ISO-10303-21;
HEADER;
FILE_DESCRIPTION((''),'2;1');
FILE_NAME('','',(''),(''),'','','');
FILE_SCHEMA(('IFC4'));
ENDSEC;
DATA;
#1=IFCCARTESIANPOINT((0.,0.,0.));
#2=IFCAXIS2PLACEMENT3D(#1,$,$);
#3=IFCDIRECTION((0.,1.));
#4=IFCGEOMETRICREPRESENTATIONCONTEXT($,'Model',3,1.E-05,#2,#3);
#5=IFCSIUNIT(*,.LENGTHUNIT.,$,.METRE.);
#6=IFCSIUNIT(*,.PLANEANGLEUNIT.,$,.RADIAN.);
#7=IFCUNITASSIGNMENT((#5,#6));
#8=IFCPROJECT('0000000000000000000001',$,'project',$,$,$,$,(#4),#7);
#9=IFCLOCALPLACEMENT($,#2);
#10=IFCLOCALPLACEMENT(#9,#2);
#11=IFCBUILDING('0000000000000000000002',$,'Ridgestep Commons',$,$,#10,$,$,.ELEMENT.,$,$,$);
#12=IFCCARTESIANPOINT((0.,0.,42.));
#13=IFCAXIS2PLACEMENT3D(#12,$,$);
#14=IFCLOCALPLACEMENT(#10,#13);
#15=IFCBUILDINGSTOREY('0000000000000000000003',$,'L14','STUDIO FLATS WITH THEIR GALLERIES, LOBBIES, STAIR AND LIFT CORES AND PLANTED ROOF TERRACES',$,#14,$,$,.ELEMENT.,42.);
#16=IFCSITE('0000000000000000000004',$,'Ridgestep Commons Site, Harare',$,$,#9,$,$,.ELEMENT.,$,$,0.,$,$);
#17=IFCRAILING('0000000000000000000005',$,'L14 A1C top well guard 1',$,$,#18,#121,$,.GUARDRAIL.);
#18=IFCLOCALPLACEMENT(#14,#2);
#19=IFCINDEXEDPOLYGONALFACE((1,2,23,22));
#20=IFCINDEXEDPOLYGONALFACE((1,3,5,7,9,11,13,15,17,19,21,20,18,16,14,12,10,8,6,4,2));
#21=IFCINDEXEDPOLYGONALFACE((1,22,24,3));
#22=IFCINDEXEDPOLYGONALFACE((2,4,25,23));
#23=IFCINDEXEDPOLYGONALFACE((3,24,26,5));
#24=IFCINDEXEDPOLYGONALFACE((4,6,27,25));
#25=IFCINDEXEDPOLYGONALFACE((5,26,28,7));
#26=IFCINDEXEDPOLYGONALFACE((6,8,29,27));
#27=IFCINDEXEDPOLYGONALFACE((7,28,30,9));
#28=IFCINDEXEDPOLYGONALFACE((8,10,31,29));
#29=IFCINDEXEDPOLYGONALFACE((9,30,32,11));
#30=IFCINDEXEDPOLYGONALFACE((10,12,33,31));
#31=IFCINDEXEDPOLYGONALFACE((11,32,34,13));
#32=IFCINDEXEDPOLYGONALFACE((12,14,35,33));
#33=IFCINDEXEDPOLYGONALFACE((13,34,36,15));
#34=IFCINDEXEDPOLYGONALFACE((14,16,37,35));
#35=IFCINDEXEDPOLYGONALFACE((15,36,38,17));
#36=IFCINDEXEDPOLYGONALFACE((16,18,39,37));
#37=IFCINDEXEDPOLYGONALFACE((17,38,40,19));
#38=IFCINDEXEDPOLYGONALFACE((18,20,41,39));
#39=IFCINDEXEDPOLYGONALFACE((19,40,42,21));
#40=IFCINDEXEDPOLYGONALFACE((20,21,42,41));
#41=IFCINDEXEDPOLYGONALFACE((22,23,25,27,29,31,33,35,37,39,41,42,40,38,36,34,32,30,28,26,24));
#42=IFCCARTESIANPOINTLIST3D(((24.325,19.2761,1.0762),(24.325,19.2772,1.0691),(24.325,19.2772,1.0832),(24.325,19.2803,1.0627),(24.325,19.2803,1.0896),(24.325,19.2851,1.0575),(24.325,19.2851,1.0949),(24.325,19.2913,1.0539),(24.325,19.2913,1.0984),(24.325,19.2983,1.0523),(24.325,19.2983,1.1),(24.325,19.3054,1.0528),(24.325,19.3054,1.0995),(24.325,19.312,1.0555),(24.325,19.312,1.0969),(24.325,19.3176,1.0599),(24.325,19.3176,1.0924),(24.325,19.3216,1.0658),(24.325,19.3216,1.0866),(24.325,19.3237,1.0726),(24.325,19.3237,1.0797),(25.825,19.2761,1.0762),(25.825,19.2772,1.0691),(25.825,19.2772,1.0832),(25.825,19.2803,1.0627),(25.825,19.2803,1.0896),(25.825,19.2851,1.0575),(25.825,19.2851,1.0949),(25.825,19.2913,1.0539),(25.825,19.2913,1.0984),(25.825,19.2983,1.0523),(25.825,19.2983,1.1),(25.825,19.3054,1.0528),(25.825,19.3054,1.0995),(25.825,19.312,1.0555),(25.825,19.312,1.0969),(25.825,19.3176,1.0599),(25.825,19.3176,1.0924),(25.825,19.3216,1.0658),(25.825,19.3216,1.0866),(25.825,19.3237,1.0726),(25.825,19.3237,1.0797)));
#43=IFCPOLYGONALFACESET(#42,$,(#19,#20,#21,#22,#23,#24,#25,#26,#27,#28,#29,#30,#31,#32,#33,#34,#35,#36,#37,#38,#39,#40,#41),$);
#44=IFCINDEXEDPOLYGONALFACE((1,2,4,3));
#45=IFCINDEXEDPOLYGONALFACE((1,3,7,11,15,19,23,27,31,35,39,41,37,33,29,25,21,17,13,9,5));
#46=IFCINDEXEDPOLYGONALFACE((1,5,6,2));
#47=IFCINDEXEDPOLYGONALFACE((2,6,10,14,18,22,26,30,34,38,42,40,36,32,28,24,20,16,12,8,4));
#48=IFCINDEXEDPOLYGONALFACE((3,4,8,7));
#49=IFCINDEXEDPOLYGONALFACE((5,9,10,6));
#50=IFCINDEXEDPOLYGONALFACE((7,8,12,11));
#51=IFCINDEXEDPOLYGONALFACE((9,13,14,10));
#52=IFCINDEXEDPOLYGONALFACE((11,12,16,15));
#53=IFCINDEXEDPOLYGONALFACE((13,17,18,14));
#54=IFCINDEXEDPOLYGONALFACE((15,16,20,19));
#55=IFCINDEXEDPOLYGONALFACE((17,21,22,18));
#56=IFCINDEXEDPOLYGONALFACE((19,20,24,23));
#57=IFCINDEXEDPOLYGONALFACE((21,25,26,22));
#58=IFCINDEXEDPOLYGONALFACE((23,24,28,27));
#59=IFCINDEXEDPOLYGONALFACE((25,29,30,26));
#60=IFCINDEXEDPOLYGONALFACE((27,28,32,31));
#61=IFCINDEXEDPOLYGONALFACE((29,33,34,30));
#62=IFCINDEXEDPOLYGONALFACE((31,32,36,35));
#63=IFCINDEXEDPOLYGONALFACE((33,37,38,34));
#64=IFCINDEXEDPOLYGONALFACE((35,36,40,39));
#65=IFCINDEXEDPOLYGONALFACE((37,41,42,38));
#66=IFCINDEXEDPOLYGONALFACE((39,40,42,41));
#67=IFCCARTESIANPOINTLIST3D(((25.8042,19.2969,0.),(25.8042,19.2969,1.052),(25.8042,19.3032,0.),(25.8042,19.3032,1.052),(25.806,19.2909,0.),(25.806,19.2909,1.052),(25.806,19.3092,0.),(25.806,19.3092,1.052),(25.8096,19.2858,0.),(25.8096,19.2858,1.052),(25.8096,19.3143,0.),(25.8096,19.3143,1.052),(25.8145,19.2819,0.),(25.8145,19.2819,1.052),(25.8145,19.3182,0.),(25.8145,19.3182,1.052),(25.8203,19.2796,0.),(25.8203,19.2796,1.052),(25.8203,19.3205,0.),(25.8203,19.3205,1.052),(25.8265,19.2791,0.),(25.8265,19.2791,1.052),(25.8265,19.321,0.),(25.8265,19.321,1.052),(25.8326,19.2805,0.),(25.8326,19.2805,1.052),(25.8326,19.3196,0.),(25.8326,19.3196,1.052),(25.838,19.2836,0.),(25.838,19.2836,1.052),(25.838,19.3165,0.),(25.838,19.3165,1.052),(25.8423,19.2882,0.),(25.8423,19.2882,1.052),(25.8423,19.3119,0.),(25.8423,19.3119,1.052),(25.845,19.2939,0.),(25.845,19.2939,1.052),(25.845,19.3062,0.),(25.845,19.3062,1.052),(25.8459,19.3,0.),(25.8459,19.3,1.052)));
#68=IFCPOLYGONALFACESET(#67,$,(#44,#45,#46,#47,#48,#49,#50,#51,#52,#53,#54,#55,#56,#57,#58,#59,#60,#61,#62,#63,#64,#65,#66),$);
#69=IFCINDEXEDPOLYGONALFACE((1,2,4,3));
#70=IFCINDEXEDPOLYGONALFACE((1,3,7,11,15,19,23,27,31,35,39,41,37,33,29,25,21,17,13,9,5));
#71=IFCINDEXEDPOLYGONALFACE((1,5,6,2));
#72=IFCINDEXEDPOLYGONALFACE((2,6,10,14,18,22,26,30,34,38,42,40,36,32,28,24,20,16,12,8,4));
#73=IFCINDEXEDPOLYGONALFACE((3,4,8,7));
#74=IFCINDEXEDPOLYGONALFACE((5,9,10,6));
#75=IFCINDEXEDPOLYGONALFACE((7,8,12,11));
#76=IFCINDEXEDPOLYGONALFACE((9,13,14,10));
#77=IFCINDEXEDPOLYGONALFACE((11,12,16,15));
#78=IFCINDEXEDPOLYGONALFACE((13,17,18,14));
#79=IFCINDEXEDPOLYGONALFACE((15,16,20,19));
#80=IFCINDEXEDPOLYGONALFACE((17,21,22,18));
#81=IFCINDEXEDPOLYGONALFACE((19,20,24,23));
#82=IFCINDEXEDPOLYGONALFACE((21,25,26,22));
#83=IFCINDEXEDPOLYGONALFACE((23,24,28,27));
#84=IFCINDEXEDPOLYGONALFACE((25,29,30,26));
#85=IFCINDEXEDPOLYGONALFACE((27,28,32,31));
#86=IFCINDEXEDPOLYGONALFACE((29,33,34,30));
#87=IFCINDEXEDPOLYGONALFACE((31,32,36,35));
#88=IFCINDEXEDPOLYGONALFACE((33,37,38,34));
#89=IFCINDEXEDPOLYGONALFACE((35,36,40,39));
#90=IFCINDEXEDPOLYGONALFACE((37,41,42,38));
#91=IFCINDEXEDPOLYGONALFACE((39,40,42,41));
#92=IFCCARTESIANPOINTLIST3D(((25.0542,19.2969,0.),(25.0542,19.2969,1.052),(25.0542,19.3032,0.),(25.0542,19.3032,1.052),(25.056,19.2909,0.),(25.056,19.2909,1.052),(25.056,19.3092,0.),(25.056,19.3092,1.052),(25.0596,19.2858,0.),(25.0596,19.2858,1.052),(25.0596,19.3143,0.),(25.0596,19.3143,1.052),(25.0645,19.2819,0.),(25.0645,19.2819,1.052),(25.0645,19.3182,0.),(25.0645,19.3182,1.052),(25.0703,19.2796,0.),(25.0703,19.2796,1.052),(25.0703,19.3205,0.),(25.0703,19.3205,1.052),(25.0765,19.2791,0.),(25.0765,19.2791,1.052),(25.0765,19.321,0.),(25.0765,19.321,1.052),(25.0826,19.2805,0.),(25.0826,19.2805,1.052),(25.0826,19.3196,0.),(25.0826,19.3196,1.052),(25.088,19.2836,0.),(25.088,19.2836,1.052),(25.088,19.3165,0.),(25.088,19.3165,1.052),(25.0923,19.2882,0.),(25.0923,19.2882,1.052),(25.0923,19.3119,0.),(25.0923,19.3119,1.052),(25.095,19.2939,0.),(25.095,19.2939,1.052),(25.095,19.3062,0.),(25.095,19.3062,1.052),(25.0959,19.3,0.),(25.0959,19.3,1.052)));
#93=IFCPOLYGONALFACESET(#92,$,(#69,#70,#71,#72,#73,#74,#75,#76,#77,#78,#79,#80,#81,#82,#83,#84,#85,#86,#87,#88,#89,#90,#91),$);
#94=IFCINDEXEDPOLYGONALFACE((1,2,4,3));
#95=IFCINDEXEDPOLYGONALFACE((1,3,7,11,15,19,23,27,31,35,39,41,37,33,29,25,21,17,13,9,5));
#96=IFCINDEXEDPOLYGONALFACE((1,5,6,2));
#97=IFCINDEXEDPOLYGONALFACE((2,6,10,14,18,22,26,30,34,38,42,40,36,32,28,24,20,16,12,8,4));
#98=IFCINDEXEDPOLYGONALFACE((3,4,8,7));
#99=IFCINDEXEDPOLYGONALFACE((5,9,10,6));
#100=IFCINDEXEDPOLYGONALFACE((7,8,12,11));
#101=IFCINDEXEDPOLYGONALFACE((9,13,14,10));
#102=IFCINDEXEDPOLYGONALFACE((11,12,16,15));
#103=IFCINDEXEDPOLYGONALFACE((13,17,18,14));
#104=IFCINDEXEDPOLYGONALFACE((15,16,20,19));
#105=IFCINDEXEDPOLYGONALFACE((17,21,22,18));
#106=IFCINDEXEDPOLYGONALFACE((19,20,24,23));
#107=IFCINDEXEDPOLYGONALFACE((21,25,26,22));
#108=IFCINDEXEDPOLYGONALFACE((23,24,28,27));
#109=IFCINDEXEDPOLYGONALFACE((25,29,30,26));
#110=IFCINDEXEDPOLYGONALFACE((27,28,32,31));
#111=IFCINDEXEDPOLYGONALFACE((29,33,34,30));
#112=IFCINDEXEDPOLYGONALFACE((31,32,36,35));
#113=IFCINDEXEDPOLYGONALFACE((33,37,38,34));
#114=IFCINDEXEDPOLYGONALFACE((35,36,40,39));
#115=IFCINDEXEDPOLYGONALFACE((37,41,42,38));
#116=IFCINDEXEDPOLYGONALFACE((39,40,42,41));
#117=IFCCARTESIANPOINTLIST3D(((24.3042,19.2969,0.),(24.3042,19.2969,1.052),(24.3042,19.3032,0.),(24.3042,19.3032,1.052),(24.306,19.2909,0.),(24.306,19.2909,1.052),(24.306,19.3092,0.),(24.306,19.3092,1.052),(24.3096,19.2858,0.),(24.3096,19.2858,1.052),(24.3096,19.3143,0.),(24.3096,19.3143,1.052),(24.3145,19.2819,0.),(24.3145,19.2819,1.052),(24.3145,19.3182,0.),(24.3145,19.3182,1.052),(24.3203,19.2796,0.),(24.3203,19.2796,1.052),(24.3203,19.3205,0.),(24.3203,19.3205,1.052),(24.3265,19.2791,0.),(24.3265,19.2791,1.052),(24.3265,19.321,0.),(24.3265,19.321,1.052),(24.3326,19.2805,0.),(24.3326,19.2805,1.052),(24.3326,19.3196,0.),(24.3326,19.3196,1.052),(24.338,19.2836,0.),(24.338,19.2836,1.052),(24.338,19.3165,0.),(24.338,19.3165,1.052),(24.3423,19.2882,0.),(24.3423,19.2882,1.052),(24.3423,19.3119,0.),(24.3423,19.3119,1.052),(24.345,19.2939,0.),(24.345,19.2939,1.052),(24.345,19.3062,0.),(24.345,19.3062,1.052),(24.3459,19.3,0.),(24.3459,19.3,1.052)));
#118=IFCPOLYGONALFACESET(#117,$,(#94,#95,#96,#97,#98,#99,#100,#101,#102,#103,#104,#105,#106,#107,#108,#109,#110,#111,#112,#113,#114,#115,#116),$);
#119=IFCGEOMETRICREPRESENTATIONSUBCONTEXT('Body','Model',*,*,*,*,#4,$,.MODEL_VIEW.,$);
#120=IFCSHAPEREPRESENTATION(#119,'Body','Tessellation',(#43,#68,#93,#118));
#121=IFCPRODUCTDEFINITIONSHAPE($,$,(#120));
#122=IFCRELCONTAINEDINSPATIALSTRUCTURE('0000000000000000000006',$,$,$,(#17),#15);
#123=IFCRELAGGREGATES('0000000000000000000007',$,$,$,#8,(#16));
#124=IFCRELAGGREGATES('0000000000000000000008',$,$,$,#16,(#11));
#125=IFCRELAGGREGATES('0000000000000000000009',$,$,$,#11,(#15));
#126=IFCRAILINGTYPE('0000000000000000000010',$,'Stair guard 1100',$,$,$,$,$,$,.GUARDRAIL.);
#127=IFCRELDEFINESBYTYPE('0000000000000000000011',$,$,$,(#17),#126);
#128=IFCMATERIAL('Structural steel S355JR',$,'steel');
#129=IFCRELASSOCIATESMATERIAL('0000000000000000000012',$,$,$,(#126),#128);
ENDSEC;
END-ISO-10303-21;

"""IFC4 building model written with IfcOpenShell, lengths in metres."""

from ifc_helpers import new_model, si_unit, direction, frame, origin, origin_2d, place, context, subcontext, project, spatial, circle, extrude, material, type_object, element, save


model = new_model("IFC4")

# Units and contexts
model_context = context("Model", 3, precision=1e-05, world=origin(), true_north=direction((0.0, 1.0)))
body_context = subcontext(model_context, "Body", "Model", "MODEL_VIEW")
ifc_project = project(units=[si_unit("LENGTHUNIT", "METRE"), si_unit("PLANEANGLEUNIT", "RADIAN")], contexts=[model_context])

# Site, building, storey
site_placement = place(None, origin())
site = spatial("IfcSite", under=ifc_project, at=site_placement, Name="Ridgestep Commons Site, Harare", CompositionType="ELEMENT", RefElevation=0.0)
building_placement = place(site_placement, origin())
building = spatial("IfcBuilding", under=site, at=building_placement, Name="Ridgestep Commons", CompositionType="ELEMENT")
storey_placement = place(building_placement, frame((0.0, 0.0, 42.0)))
storey = spatial("IfcBuildingStorey", under=building, at=storey_placement, Name="L14", Description="STUDIO FLATS WITH THEIR GALLERIES, LOBBIES, STAIR AND LIFT CORES AND PLANTED ROOF TERRACES", CompositionType="ELEMENT", Elevation=42.0)

# Railing
ifc_material_1 = material(Name="Structural steel S355JR", Category="steel")
railing_type_1 = type_object("IfcRailingType", Name="Stair guard 1100", PredefinedType="GUARDRAIL", material=ifc_material_1)
railing_1_placement = place(storey_placement, frame((25.825, 19.3, 0.0)))
element("IfcRailing", 1, at=railing_1_placement, inside=storey, type_object=railing_type_1, Name="L14 A1C top well guard 1", PredefinedType="GUARDRAIL", context=body_context, shape_type="SweptSolid", body=[
    extrude(circle(Radius=0.0239, at=origin_2d()), frame((0.0, 0.0, 1.0762), z_axis=(-1.0, 0.0, 0.0), x_axis=(0.0, -1.0, 0.0)), (0.0, 0.0, 1.0), 1.5),
    extrude(circle(Radius=0.021, at=origin_2d()), origin(), (0.0, 0.0, 1.0), 1.052),
    extrude(circle(Radius=0.021, at=origin_2d()), frame((-0.75, 0.0, 0.0)), (0.0, 0.0, 1.0), 1.052),
    extrude(circle(Radius=0.021, at=origin_2d()), frame((-1.5, 0.0, 0.0)), (0.0, 0.0, 1.0), 1.052),
])

save(model, "model.ifc")
